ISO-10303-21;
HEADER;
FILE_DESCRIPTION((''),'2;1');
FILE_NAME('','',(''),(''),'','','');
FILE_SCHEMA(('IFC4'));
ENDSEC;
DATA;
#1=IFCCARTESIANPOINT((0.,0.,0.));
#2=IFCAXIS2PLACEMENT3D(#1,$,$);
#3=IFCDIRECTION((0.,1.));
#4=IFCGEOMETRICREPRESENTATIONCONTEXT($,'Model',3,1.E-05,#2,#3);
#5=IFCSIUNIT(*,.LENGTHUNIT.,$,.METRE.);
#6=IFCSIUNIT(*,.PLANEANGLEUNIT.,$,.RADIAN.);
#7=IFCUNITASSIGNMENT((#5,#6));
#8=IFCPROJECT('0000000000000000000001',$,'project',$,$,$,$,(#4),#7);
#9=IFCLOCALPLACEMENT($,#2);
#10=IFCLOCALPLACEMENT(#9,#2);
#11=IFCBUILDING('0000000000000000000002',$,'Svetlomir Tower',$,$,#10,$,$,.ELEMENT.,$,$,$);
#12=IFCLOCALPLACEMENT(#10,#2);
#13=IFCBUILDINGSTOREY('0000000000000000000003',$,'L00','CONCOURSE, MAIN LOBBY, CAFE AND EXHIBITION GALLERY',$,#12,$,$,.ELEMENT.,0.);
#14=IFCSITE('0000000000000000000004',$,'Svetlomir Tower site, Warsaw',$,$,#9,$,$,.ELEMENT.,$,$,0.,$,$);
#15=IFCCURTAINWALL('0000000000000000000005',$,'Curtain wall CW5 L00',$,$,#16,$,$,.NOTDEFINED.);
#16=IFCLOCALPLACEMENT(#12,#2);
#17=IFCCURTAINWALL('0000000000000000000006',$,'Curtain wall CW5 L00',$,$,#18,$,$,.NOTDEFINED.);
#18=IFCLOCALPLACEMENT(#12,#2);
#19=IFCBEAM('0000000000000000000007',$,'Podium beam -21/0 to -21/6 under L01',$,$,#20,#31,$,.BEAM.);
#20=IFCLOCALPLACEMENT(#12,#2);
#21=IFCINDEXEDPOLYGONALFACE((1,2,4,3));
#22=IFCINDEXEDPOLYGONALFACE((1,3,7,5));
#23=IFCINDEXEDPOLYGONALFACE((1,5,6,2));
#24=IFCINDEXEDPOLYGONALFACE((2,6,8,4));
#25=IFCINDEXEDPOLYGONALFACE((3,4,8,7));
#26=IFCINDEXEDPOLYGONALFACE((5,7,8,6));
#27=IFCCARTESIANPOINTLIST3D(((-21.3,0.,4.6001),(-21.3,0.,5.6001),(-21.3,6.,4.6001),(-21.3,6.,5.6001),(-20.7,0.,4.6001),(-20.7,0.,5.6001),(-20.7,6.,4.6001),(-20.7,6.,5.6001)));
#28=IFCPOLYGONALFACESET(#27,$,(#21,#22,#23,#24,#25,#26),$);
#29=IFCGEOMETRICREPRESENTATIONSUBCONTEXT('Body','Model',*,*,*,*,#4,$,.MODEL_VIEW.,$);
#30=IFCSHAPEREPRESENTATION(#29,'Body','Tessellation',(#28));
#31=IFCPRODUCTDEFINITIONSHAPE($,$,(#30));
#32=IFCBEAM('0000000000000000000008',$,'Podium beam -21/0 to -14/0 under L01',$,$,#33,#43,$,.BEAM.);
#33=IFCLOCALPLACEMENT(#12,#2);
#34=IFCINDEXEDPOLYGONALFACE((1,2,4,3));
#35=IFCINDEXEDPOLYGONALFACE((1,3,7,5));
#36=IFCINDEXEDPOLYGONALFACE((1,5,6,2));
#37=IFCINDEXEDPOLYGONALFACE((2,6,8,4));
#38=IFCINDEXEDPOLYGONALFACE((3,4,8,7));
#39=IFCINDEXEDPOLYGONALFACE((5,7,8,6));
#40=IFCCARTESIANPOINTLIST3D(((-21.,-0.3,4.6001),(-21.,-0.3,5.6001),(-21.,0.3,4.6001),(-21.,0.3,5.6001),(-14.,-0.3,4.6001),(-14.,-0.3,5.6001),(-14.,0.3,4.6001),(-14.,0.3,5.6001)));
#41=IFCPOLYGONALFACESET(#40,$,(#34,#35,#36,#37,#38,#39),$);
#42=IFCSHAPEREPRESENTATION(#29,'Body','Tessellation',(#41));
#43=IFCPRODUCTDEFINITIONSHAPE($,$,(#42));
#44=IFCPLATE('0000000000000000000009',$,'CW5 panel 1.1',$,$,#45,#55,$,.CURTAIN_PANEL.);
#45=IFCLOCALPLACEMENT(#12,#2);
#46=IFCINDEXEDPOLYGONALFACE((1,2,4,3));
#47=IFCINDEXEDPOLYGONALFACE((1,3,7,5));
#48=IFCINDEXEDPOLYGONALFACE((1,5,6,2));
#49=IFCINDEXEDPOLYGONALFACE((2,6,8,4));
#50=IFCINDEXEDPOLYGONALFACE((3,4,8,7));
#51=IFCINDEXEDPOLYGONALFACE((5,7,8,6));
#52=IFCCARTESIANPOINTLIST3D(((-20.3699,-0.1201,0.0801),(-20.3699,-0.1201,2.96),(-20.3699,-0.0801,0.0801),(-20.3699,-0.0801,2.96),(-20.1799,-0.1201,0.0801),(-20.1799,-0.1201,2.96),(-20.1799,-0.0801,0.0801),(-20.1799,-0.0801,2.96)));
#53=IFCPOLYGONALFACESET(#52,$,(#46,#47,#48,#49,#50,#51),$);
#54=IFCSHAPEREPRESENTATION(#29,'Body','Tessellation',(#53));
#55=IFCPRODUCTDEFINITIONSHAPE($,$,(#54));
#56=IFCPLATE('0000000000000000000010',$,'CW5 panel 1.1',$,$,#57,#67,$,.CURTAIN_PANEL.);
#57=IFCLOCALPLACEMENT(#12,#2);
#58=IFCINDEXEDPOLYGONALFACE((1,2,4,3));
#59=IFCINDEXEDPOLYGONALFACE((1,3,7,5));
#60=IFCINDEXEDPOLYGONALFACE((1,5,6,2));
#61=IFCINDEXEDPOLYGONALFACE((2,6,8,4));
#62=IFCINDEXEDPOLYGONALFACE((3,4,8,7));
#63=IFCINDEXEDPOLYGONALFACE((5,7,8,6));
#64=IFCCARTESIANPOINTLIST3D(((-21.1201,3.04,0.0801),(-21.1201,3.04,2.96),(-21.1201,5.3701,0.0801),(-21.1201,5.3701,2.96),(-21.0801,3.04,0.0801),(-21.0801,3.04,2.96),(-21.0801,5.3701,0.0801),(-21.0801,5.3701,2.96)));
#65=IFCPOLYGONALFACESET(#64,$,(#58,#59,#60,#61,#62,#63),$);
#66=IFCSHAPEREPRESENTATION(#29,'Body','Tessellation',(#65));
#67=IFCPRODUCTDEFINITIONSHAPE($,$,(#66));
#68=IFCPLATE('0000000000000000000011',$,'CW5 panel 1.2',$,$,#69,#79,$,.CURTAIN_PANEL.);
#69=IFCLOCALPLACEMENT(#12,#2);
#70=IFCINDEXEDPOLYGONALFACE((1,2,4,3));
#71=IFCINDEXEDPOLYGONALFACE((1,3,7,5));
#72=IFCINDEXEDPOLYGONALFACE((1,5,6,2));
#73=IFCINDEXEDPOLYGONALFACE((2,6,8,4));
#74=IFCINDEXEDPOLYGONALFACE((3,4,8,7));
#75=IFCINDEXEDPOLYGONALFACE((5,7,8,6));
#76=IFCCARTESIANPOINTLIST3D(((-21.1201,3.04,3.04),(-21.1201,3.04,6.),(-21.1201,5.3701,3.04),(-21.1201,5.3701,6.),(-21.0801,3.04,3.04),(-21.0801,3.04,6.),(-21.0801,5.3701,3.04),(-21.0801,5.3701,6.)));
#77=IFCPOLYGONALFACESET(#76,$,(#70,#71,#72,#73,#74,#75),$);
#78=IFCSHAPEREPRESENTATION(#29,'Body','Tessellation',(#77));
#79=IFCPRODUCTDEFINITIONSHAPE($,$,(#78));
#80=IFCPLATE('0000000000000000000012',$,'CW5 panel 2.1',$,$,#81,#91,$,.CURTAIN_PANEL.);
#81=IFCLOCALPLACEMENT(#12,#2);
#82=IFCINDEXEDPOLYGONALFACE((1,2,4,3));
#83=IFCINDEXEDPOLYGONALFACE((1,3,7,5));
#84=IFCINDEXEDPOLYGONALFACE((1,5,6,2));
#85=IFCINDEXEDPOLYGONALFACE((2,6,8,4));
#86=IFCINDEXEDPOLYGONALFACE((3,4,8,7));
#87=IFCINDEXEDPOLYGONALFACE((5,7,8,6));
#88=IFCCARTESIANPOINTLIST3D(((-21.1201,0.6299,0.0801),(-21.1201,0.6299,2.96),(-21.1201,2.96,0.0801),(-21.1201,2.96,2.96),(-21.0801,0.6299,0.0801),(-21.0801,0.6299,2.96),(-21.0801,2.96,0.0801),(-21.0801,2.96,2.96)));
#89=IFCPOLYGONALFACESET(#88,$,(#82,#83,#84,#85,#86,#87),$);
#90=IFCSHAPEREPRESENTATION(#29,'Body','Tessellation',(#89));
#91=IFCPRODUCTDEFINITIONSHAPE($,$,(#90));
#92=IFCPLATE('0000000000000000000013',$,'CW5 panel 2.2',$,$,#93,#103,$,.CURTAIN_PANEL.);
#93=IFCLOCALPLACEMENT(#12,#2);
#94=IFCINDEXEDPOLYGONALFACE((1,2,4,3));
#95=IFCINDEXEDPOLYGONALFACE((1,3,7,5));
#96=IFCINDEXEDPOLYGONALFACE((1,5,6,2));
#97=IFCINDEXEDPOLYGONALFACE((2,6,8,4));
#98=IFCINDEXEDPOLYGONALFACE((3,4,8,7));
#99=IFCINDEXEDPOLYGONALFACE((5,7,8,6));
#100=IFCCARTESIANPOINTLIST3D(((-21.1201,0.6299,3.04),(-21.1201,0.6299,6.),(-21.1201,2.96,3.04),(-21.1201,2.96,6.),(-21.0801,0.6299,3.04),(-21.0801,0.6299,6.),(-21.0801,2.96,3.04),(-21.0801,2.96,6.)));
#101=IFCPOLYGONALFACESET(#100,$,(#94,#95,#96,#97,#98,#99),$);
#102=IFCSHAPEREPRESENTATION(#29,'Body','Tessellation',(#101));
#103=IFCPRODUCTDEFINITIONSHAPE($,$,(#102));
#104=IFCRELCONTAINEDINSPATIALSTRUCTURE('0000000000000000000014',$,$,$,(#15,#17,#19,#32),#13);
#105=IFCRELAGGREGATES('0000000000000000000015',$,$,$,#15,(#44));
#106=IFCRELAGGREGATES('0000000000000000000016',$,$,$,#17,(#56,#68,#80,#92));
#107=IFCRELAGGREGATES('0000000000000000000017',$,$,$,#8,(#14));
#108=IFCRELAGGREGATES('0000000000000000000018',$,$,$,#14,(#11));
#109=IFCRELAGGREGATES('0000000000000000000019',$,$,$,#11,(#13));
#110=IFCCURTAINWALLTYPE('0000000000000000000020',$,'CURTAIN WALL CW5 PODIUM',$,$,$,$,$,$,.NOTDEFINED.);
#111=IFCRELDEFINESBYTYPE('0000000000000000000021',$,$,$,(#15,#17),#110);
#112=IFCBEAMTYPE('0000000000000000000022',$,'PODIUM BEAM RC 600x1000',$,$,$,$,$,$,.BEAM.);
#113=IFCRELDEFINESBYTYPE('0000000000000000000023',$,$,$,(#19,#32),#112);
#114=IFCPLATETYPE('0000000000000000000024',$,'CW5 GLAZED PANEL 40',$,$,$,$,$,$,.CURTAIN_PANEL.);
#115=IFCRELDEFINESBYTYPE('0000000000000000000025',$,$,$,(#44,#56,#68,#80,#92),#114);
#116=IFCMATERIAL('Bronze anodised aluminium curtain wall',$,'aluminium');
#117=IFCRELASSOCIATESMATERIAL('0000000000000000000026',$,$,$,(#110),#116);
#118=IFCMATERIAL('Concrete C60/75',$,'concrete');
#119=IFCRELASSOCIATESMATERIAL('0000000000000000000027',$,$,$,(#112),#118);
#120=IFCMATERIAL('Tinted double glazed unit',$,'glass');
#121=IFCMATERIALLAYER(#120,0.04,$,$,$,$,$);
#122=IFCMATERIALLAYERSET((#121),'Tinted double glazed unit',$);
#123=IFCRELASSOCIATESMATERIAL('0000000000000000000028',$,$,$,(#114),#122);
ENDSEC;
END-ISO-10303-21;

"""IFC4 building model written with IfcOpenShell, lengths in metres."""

from ifc_helpers import new_model, si_unit, direction, frame, origin, origin_2d, place, context, subcontext, project, spatial, rectangle, extrude, material, layer, layer_set, material_profile, profile_set, type_object, element, aggregate, save


model = new_model("IFC4")

# Units and contexts
model_context = context("Model", 3, precision=1e-05, world=origin(), true_north=direction((0.0, 1.0)))
body_context = subcontext(model_context, "Body", "Model", "MODEL_VIEW")
ifc_project = project(units=[si_unit("LENGTHUNIT", "METRE"), si_unit("PLANEANGLEUNIT", "RADIAN")], contexts=[model_context])

# Site, building, storey
site_placement = place(None, origin())
site = spatial("IfcSite", under=ifc_project, at=site_placement, Name="Svetlomir Tower site, Warsaw", CompositionType="ELEMENT", RefElevation=0.0)
building_placement = place(site_placement, origin())
building = spatial("IfcBuilding", under=site, at=building_placement, Name="Svetlomir Tower", CompositionType="ELEMENT")
storey_placement = place(building_placement, origin())
storey = spatial("IfcBuildingStorey", under=building, at=storey_placement, Name="L00", Description="CONCOURSE, MAIN LOBBY, CAFE AND EXHIBITION GALLERY", CompositionType="ELEMENT", Elevation=0.0)

# Curtain wall
ifc_material_1 = material(Name="Bronze anodised aluminium curtain wall", Category="aluminium")
curtain_wall_type = type_object("IfcCurtainWallType", Name="CURTAIN WALL CW5 PODIUM", PredefinedType="NOTDEFINED", material=ifc_material_1)
curtain_wall_1_placement = place(storey_placement, origin())
curtain_wall_1 = element("IfcCurtainWall", 1, at=curtain_wall_1_placement, inside=storey, type_object=curtain_wall_type, Name="Curtain wall CW5 L00", PredefinedType="NOTDEFINED")

# Curtain wall
curtain_wall_2_placement = place(storey_placement, origin())
curtain_wall_2 = element("IfcCurtainWall", 2, at=curtain_wall_2_placement, inside=storey, type_object=curtain_wall_type, Name="Curtain wall CW5 L00", PredefinedType="NOTDEFINED")

# Beams
ifc_material_2 = material(Name="Concrete C60/75", Category="concrete")
ifc_material_profile_1 = material_profile(ifc_material_2, rectangle(XDim=0.6001, YDim=1.0, at=origin_2d()), Name="RC 600x1000")
ifc_profile_set_1 = profile_set([ifc_material_profile_1], Name="Concrete C60/75")
beam_type_1 = type_object("IfcBeamType", Name="PODIUM BEAM RC 600x1000", PredefinedType="BEAM", material=ifc_profile_set_1)
beam_1_placement = place(storey_placement, frame((-21.0, 0.0, 5.1001), z_axis=(0.0, 1.0, 0.0), x_axis=(-1.0, 0.0, 0.0)))
element("IfcBeam", 3, at=beam_1_placement, inside=storey, type_object=beam_type_1, Name="Podium beam -21/0 to -21/6 under L01", PredefinedType="BEAM", context=body_context, shape_type="SweptSolid", body=[
    extrude(rectangle(XDim=0.6001, YDim=1.0, at=origin_2d()), origin(), (0.0, 0.0, 1.0), 6.0),
])
beam_2_placement = place(storey_placement, frame((-21.0, 0.0, 5.1001), z_axis=(1.0, 0.0, 0.0), x_axis=(0.0, 1.0, 0.0)))
element("IfcBeam", 4, at=beam_2_placement, inside=storey, type_object=beam_type_1, Name="Podium beam -21/0 to -14/0 under L01", PredefinedType="BEAM", context=body_context, shape_type="SweptSolid", body=[
    extrude(rectangle(XDim=0.6001, YDim=1.0, at=origin_2d()), origin(), (0.0, 0.0, 1.0), 7.0),
])

# Plates
ifc_material_3 = material(Name="Tinted double glazed unit", Category="glass")
ifc_layer = layer(ifc_material_3, 0.04)
ifc_layer_set = layer_set([ifc_layer], Name="Tinted double glazed unit")
plate_type = type_object("IfcPlateType", Name="CW5 GLAZED PANEL 40", PredefinedType="CURTAIN_PANEL", material=ifc_layer_set)
plate_1_placement = place(storey_placement, frame((-20.2749, -0.1001, 0.0801), z_axis=(0.0, 0.0, 1.0), x_axis=(1.0, 0.0, 0.0)))
plate_1 = element("IfcPlate", 5, at=plate_1_placement, type_object=plate_type, Name="CW5 panel 1.1", PredefinedType="CURTAIN_PANEL", context=body_context, shape_type="SweptSolid", body=[
    extrude(rectangle(XDim=0.1899, YDim=0.04, at=origin_2d()), origin(), (0.0, 0.0, 1.0), 2.8799),
])
aggregate(curtain_wall_1, [plate_1])
plate_2_placement = place(storey_placement, frame((-21.1001, 4.2051, 0.0801), z_axis=(0.0, 0.0, 1.0), x_axis=(0.0, -1.0, 0.0)))
plate_2 = element("IfcPlate", 6, at=plate_2_placement, type_object=plate_type, Name="CW5 panel 1.1", PredefinedType="CURTAIN_PANEL", context=body_context, shape_type="SweptSolid", body=[
    extrude(rectangle(XDim=2.3301, YDim=0.04, at=origin_2d()), origin(), (0.0, 0.0, 1.0), 2.8799),
])
plate_3_placement = place(storey_placement, frame((-21.1001, 4.2051, 3.04), z_axis=(0.0, 0.0, 1.0), x_axis=(0.0, -1.0, 0.0)))
plate_3 = element("IfcPlate", 7, at=plate_3_placement, type_object=plate_type, Name="CW5 panel 1.2", PredefinedType="CURTAIN_PANEL", context=body_context, shape_type="SweptSolid", body=[
    extrude(rectangle(XDim=2.3301, YDim=0.04, at=origin_2d()), origin(), (0.0, 0.0, 1.0), 2.96),
])
plate_4_placement = place(storey_placement, frame((-21.1001, 1.7949, 0.0801), z_axis=(0.0, 0.0, 1.0), x_axis=(0.0, -1.0, 0.0)))
plate_4 = element("IfcPlate", 8, at=plate_4_placement, type_object=plate_type, Name="CW5 panel 2.1", PredefinedType="CURTAIN_PANEL", context=body_context, shape_type="SweptSolid", body=[
    extrude(rectangle(XDim=2.3301, YDim=0.04, at=origin_2d()), origin(), (0.0, 0.0, 1.0), 2.8799),
])
plate_5_placement = place(storey_placement, frame((-21.1001, 1.7949, 3.04), z_axis=(0.0, 0.0, 1.0), x_axis=(0.0, -1.0, 0.0)))
plate_5 = element("IfcPlate", 9, at=plate_5_placement, type_object=plate_type, Name="CW5 panel 2.2", PredefinedType="CURTAIN_PANEL", context=body_context, shape_type="SweptSolid", body=[
    extrude(rectangle(XDim=2.3301, YDim=0.04, at=origin_2d()), origin(), (0.0, 0.0, 1.0), 2.96),
])
aggregate(curtain_wall_2, [plate_2, plate_3, plate_4, plate_5])

save(model, "model.ifc")
